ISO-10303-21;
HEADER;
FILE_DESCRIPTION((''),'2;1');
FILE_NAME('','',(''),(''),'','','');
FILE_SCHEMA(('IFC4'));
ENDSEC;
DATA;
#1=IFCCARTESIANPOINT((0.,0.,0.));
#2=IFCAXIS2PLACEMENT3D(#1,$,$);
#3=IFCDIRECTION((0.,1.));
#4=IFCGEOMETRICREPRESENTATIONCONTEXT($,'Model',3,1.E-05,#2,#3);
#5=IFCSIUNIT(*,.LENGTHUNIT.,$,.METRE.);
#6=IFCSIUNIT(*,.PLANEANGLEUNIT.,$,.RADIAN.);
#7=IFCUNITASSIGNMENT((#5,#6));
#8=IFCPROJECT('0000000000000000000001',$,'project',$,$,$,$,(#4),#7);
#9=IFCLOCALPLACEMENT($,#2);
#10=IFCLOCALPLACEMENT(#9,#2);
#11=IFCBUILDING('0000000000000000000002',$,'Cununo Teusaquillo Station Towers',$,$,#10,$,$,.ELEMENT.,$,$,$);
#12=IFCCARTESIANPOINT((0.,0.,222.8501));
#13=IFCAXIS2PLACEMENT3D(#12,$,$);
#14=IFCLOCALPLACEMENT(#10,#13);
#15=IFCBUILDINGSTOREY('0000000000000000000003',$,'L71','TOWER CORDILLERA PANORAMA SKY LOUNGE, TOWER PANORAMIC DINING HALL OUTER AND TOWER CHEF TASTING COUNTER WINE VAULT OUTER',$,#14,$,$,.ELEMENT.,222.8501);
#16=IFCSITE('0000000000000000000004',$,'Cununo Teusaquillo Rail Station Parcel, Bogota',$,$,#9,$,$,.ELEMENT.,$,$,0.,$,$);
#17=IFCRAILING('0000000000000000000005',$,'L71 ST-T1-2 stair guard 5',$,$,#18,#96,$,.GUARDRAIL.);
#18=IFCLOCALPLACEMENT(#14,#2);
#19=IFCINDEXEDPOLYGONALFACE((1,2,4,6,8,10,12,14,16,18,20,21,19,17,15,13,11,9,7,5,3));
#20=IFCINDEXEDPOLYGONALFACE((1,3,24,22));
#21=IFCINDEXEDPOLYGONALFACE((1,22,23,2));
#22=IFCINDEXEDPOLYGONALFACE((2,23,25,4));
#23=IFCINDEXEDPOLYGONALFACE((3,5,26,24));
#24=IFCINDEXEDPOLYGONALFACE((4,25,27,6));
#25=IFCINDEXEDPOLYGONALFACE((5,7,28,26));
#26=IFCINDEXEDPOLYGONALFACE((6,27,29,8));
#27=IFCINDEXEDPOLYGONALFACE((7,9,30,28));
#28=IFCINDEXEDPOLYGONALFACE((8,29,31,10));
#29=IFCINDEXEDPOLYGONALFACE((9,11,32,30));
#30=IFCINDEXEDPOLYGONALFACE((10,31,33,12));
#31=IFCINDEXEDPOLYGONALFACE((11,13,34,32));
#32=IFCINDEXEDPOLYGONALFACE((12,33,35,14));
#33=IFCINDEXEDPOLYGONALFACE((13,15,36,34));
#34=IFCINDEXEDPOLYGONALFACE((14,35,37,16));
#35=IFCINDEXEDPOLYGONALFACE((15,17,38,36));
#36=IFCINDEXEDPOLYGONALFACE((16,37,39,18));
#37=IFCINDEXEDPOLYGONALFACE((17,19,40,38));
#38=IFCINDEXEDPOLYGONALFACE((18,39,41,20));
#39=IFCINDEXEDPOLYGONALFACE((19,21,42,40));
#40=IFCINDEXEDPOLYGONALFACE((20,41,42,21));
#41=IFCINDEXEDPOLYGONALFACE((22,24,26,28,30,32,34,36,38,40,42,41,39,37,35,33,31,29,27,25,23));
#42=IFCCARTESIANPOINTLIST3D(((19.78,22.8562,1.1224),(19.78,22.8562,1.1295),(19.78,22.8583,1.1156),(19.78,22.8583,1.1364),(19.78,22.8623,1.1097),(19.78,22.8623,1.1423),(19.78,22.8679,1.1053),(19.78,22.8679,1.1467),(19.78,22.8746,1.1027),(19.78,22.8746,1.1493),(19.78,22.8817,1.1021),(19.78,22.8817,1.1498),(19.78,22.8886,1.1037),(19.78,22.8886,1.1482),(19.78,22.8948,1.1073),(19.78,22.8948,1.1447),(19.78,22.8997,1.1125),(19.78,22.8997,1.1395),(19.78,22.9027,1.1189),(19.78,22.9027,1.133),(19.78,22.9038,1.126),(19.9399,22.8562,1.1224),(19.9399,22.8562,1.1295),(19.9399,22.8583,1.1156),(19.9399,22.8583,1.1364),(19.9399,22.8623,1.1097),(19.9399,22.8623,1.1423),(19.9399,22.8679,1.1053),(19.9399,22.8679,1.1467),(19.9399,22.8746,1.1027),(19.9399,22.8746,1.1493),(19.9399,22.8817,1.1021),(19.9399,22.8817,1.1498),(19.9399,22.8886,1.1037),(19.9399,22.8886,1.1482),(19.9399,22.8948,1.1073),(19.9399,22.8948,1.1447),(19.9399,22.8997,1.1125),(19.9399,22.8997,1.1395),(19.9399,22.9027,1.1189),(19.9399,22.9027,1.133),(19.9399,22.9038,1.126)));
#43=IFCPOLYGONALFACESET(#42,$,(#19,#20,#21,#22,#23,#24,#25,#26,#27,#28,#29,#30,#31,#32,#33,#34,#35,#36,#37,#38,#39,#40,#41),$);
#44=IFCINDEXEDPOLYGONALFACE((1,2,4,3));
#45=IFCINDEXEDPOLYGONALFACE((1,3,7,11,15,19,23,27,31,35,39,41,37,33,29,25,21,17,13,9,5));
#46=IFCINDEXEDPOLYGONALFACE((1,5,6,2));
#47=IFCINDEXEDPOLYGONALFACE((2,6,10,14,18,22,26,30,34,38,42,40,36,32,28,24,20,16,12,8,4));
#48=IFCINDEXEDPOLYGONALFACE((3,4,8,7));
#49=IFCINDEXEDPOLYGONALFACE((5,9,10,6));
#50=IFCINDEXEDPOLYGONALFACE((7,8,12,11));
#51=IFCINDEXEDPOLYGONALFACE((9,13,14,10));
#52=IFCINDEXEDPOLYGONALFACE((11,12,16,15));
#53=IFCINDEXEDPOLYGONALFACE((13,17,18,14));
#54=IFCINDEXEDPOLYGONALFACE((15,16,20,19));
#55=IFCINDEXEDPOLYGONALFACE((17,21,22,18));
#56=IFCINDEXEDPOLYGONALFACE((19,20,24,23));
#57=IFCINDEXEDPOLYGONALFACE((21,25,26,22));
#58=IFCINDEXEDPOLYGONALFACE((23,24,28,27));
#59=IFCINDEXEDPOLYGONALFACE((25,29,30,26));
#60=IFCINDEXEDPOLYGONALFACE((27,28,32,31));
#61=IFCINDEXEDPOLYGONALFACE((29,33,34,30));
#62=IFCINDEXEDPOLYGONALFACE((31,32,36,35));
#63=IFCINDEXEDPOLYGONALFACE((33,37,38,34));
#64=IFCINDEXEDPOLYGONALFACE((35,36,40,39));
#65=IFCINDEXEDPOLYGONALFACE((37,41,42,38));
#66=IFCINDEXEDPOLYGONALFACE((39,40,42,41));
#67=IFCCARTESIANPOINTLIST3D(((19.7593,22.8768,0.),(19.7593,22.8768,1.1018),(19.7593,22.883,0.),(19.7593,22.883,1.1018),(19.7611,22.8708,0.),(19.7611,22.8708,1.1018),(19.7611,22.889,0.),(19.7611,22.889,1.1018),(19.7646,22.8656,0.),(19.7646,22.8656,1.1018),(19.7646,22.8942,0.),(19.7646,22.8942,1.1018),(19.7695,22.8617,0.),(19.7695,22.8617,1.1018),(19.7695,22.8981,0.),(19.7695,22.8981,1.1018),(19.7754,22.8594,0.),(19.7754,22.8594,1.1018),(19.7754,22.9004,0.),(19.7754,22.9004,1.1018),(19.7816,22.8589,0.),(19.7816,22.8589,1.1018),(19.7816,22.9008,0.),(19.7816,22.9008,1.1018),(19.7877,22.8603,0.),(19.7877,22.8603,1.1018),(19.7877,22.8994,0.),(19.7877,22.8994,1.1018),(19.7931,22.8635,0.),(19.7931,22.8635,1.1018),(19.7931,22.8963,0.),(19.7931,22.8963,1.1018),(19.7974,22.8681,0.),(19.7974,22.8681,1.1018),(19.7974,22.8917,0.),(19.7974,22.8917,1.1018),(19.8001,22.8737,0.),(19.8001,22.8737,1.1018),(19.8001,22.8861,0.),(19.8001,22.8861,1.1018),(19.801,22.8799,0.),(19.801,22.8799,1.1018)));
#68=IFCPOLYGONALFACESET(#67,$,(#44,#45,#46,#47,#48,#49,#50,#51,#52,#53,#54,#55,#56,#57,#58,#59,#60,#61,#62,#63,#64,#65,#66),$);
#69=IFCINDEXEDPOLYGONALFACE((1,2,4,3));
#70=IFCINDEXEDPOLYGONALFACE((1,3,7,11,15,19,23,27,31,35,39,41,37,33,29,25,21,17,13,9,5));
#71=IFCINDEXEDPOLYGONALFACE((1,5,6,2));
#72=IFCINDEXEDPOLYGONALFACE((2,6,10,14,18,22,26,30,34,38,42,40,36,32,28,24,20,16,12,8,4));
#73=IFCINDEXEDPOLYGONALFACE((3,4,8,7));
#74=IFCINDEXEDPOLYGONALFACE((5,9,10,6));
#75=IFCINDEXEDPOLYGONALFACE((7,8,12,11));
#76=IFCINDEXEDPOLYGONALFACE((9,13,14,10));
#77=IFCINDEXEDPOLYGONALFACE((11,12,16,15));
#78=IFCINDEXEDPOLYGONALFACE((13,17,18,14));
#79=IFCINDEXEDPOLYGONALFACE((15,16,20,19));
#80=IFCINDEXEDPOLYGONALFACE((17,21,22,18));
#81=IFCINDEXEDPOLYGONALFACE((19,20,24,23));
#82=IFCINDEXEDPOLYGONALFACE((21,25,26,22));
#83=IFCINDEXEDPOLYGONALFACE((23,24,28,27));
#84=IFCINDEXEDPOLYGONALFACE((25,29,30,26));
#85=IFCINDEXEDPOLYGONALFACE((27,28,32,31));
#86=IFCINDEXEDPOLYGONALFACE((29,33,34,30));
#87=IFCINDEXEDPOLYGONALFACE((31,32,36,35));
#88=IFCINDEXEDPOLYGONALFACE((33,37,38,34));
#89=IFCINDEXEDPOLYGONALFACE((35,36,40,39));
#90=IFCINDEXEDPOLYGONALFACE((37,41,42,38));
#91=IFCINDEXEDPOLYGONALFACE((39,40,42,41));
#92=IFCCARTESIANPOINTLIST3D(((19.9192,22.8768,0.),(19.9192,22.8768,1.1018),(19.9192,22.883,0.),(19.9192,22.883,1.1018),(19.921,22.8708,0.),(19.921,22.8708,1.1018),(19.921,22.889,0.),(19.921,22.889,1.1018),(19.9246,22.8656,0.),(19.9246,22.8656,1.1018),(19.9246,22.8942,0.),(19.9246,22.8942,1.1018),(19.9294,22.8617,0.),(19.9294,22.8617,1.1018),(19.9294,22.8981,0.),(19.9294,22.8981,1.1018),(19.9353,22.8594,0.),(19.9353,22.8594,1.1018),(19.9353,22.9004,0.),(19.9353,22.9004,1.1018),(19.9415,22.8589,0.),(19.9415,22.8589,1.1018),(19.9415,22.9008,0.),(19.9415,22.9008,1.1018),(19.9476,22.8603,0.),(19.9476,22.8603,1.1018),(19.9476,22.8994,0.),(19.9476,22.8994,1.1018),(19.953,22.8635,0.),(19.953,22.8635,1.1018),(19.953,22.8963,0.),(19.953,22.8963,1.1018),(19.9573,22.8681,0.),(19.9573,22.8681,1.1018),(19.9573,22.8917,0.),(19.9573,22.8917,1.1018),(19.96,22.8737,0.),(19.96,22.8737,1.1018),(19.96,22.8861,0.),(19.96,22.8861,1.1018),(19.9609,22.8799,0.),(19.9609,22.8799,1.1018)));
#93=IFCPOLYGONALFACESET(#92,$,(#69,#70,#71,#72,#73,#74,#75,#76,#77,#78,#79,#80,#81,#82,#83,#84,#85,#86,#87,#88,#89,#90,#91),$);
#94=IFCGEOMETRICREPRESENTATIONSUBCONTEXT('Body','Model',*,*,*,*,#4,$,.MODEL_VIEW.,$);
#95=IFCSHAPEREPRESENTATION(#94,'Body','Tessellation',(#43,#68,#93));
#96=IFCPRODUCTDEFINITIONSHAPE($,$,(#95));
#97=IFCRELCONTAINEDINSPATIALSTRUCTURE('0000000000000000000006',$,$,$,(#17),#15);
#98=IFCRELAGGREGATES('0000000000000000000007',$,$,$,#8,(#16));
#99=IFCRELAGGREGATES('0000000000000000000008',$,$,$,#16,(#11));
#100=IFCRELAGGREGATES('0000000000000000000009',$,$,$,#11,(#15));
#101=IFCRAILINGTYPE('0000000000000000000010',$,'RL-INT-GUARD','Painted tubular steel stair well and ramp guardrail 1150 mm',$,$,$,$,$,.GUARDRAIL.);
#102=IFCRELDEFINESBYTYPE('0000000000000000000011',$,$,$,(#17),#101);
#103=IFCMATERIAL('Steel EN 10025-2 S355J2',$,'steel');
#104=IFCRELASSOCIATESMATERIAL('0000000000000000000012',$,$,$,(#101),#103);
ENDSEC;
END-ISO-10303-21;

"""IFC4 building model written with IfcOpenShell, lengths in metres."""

from ifc_helpers import new_model, si_unit, direction, frame, origin, origin_2d, place, context, subcontext, project, spatial, circle, extrude, material, type_object, element, save


model = new_model("IFC4")

# Units and contexts
model_context = context("Model", 3, precision=1e-05, world=origin(), true_north=direction((0.0, 1.0)))
body_context = subcontext(model_context, "Body", "Model", "MODEL_VIEW")
ifc_project = project(units=[si_unit("LENGTHUNIT", "METRE"), si_unit("PLANEANGLEUNIT", "RADIAN")], contexts=[model_context])

# Site, building, storey
site_placement = place(None, origin())
site = spatial("IfcSite", under=ifc_project, at=site_placement, Name="Cununo Teusaquillo Rail Station Parcel, Bogota", CompositionType="ELEMENT", RefElevation=0.0)
building_placement = place(site_placement, origin())
building = spatial("IfcBuilding", under=site, at=building_placement, Name="Cununo Teusaquillo Station Towers", CompositionType="ELEMENT")
storey_placement = place(building_placement, frame((0.0, 0.0, 222.8501)))
storey = spatial("IfcBuildingStorey", under=building, at=storey_placement, Name="L71", Description="TOWER CORDILLERA PANORAMA SKY LOUNGE, TOWER PANORAMIC DINING HALL OUTER AND TOWER CHEF TASTING COUNTER WINE VAULT OUTER", CompositionType="ELEMENT", Elevation=222.8501)

# Railing
ifc_material_1 = material(Name="Steel EN 10025-2 S355J2", Category="steel")
railing_type_1 = type_object("IfcRailingType", Name="RL-INT-GUARD", Description="Painted tubular steel stair well and ramp guardrail 1150 mm", PredefinedType="GUARDRAIL", material=ifc_material_1)
railing_1_placement = place(storey_placement, frame((19.78, 22.8799, 0.0)))
element("IfcRailing", 1, at=railing_1_placement, inside=storey, type_object=railing_type_1, Name="L71 ST-T1-2 stair guard 5", PredefinedType="GUARDRAIL", context=body_context, shape_type="SweptSolid", body=[
    extrude(circle(Radius=0.0239, at=origin_2d()), frame((0.0, 0.0, 1.126), z_axis=(1.0, 0.0, 0.0), x_axis=(0.0, 1.0, 0.0)), (0.0, 0.0, 1.0), 0.1599),
    extrude(circle(Radius=0.021, at=origin_2d()), origin(), (0.0, 0.0, 1.0), 1.1018),
    extrude(circle(Radius=0.021, at=origin_2d()), frame((0.1599, 0.0, 0.0)), (0.0, 0.0, 1.0), 1.1018),
])

save(model, "model.ifc")
